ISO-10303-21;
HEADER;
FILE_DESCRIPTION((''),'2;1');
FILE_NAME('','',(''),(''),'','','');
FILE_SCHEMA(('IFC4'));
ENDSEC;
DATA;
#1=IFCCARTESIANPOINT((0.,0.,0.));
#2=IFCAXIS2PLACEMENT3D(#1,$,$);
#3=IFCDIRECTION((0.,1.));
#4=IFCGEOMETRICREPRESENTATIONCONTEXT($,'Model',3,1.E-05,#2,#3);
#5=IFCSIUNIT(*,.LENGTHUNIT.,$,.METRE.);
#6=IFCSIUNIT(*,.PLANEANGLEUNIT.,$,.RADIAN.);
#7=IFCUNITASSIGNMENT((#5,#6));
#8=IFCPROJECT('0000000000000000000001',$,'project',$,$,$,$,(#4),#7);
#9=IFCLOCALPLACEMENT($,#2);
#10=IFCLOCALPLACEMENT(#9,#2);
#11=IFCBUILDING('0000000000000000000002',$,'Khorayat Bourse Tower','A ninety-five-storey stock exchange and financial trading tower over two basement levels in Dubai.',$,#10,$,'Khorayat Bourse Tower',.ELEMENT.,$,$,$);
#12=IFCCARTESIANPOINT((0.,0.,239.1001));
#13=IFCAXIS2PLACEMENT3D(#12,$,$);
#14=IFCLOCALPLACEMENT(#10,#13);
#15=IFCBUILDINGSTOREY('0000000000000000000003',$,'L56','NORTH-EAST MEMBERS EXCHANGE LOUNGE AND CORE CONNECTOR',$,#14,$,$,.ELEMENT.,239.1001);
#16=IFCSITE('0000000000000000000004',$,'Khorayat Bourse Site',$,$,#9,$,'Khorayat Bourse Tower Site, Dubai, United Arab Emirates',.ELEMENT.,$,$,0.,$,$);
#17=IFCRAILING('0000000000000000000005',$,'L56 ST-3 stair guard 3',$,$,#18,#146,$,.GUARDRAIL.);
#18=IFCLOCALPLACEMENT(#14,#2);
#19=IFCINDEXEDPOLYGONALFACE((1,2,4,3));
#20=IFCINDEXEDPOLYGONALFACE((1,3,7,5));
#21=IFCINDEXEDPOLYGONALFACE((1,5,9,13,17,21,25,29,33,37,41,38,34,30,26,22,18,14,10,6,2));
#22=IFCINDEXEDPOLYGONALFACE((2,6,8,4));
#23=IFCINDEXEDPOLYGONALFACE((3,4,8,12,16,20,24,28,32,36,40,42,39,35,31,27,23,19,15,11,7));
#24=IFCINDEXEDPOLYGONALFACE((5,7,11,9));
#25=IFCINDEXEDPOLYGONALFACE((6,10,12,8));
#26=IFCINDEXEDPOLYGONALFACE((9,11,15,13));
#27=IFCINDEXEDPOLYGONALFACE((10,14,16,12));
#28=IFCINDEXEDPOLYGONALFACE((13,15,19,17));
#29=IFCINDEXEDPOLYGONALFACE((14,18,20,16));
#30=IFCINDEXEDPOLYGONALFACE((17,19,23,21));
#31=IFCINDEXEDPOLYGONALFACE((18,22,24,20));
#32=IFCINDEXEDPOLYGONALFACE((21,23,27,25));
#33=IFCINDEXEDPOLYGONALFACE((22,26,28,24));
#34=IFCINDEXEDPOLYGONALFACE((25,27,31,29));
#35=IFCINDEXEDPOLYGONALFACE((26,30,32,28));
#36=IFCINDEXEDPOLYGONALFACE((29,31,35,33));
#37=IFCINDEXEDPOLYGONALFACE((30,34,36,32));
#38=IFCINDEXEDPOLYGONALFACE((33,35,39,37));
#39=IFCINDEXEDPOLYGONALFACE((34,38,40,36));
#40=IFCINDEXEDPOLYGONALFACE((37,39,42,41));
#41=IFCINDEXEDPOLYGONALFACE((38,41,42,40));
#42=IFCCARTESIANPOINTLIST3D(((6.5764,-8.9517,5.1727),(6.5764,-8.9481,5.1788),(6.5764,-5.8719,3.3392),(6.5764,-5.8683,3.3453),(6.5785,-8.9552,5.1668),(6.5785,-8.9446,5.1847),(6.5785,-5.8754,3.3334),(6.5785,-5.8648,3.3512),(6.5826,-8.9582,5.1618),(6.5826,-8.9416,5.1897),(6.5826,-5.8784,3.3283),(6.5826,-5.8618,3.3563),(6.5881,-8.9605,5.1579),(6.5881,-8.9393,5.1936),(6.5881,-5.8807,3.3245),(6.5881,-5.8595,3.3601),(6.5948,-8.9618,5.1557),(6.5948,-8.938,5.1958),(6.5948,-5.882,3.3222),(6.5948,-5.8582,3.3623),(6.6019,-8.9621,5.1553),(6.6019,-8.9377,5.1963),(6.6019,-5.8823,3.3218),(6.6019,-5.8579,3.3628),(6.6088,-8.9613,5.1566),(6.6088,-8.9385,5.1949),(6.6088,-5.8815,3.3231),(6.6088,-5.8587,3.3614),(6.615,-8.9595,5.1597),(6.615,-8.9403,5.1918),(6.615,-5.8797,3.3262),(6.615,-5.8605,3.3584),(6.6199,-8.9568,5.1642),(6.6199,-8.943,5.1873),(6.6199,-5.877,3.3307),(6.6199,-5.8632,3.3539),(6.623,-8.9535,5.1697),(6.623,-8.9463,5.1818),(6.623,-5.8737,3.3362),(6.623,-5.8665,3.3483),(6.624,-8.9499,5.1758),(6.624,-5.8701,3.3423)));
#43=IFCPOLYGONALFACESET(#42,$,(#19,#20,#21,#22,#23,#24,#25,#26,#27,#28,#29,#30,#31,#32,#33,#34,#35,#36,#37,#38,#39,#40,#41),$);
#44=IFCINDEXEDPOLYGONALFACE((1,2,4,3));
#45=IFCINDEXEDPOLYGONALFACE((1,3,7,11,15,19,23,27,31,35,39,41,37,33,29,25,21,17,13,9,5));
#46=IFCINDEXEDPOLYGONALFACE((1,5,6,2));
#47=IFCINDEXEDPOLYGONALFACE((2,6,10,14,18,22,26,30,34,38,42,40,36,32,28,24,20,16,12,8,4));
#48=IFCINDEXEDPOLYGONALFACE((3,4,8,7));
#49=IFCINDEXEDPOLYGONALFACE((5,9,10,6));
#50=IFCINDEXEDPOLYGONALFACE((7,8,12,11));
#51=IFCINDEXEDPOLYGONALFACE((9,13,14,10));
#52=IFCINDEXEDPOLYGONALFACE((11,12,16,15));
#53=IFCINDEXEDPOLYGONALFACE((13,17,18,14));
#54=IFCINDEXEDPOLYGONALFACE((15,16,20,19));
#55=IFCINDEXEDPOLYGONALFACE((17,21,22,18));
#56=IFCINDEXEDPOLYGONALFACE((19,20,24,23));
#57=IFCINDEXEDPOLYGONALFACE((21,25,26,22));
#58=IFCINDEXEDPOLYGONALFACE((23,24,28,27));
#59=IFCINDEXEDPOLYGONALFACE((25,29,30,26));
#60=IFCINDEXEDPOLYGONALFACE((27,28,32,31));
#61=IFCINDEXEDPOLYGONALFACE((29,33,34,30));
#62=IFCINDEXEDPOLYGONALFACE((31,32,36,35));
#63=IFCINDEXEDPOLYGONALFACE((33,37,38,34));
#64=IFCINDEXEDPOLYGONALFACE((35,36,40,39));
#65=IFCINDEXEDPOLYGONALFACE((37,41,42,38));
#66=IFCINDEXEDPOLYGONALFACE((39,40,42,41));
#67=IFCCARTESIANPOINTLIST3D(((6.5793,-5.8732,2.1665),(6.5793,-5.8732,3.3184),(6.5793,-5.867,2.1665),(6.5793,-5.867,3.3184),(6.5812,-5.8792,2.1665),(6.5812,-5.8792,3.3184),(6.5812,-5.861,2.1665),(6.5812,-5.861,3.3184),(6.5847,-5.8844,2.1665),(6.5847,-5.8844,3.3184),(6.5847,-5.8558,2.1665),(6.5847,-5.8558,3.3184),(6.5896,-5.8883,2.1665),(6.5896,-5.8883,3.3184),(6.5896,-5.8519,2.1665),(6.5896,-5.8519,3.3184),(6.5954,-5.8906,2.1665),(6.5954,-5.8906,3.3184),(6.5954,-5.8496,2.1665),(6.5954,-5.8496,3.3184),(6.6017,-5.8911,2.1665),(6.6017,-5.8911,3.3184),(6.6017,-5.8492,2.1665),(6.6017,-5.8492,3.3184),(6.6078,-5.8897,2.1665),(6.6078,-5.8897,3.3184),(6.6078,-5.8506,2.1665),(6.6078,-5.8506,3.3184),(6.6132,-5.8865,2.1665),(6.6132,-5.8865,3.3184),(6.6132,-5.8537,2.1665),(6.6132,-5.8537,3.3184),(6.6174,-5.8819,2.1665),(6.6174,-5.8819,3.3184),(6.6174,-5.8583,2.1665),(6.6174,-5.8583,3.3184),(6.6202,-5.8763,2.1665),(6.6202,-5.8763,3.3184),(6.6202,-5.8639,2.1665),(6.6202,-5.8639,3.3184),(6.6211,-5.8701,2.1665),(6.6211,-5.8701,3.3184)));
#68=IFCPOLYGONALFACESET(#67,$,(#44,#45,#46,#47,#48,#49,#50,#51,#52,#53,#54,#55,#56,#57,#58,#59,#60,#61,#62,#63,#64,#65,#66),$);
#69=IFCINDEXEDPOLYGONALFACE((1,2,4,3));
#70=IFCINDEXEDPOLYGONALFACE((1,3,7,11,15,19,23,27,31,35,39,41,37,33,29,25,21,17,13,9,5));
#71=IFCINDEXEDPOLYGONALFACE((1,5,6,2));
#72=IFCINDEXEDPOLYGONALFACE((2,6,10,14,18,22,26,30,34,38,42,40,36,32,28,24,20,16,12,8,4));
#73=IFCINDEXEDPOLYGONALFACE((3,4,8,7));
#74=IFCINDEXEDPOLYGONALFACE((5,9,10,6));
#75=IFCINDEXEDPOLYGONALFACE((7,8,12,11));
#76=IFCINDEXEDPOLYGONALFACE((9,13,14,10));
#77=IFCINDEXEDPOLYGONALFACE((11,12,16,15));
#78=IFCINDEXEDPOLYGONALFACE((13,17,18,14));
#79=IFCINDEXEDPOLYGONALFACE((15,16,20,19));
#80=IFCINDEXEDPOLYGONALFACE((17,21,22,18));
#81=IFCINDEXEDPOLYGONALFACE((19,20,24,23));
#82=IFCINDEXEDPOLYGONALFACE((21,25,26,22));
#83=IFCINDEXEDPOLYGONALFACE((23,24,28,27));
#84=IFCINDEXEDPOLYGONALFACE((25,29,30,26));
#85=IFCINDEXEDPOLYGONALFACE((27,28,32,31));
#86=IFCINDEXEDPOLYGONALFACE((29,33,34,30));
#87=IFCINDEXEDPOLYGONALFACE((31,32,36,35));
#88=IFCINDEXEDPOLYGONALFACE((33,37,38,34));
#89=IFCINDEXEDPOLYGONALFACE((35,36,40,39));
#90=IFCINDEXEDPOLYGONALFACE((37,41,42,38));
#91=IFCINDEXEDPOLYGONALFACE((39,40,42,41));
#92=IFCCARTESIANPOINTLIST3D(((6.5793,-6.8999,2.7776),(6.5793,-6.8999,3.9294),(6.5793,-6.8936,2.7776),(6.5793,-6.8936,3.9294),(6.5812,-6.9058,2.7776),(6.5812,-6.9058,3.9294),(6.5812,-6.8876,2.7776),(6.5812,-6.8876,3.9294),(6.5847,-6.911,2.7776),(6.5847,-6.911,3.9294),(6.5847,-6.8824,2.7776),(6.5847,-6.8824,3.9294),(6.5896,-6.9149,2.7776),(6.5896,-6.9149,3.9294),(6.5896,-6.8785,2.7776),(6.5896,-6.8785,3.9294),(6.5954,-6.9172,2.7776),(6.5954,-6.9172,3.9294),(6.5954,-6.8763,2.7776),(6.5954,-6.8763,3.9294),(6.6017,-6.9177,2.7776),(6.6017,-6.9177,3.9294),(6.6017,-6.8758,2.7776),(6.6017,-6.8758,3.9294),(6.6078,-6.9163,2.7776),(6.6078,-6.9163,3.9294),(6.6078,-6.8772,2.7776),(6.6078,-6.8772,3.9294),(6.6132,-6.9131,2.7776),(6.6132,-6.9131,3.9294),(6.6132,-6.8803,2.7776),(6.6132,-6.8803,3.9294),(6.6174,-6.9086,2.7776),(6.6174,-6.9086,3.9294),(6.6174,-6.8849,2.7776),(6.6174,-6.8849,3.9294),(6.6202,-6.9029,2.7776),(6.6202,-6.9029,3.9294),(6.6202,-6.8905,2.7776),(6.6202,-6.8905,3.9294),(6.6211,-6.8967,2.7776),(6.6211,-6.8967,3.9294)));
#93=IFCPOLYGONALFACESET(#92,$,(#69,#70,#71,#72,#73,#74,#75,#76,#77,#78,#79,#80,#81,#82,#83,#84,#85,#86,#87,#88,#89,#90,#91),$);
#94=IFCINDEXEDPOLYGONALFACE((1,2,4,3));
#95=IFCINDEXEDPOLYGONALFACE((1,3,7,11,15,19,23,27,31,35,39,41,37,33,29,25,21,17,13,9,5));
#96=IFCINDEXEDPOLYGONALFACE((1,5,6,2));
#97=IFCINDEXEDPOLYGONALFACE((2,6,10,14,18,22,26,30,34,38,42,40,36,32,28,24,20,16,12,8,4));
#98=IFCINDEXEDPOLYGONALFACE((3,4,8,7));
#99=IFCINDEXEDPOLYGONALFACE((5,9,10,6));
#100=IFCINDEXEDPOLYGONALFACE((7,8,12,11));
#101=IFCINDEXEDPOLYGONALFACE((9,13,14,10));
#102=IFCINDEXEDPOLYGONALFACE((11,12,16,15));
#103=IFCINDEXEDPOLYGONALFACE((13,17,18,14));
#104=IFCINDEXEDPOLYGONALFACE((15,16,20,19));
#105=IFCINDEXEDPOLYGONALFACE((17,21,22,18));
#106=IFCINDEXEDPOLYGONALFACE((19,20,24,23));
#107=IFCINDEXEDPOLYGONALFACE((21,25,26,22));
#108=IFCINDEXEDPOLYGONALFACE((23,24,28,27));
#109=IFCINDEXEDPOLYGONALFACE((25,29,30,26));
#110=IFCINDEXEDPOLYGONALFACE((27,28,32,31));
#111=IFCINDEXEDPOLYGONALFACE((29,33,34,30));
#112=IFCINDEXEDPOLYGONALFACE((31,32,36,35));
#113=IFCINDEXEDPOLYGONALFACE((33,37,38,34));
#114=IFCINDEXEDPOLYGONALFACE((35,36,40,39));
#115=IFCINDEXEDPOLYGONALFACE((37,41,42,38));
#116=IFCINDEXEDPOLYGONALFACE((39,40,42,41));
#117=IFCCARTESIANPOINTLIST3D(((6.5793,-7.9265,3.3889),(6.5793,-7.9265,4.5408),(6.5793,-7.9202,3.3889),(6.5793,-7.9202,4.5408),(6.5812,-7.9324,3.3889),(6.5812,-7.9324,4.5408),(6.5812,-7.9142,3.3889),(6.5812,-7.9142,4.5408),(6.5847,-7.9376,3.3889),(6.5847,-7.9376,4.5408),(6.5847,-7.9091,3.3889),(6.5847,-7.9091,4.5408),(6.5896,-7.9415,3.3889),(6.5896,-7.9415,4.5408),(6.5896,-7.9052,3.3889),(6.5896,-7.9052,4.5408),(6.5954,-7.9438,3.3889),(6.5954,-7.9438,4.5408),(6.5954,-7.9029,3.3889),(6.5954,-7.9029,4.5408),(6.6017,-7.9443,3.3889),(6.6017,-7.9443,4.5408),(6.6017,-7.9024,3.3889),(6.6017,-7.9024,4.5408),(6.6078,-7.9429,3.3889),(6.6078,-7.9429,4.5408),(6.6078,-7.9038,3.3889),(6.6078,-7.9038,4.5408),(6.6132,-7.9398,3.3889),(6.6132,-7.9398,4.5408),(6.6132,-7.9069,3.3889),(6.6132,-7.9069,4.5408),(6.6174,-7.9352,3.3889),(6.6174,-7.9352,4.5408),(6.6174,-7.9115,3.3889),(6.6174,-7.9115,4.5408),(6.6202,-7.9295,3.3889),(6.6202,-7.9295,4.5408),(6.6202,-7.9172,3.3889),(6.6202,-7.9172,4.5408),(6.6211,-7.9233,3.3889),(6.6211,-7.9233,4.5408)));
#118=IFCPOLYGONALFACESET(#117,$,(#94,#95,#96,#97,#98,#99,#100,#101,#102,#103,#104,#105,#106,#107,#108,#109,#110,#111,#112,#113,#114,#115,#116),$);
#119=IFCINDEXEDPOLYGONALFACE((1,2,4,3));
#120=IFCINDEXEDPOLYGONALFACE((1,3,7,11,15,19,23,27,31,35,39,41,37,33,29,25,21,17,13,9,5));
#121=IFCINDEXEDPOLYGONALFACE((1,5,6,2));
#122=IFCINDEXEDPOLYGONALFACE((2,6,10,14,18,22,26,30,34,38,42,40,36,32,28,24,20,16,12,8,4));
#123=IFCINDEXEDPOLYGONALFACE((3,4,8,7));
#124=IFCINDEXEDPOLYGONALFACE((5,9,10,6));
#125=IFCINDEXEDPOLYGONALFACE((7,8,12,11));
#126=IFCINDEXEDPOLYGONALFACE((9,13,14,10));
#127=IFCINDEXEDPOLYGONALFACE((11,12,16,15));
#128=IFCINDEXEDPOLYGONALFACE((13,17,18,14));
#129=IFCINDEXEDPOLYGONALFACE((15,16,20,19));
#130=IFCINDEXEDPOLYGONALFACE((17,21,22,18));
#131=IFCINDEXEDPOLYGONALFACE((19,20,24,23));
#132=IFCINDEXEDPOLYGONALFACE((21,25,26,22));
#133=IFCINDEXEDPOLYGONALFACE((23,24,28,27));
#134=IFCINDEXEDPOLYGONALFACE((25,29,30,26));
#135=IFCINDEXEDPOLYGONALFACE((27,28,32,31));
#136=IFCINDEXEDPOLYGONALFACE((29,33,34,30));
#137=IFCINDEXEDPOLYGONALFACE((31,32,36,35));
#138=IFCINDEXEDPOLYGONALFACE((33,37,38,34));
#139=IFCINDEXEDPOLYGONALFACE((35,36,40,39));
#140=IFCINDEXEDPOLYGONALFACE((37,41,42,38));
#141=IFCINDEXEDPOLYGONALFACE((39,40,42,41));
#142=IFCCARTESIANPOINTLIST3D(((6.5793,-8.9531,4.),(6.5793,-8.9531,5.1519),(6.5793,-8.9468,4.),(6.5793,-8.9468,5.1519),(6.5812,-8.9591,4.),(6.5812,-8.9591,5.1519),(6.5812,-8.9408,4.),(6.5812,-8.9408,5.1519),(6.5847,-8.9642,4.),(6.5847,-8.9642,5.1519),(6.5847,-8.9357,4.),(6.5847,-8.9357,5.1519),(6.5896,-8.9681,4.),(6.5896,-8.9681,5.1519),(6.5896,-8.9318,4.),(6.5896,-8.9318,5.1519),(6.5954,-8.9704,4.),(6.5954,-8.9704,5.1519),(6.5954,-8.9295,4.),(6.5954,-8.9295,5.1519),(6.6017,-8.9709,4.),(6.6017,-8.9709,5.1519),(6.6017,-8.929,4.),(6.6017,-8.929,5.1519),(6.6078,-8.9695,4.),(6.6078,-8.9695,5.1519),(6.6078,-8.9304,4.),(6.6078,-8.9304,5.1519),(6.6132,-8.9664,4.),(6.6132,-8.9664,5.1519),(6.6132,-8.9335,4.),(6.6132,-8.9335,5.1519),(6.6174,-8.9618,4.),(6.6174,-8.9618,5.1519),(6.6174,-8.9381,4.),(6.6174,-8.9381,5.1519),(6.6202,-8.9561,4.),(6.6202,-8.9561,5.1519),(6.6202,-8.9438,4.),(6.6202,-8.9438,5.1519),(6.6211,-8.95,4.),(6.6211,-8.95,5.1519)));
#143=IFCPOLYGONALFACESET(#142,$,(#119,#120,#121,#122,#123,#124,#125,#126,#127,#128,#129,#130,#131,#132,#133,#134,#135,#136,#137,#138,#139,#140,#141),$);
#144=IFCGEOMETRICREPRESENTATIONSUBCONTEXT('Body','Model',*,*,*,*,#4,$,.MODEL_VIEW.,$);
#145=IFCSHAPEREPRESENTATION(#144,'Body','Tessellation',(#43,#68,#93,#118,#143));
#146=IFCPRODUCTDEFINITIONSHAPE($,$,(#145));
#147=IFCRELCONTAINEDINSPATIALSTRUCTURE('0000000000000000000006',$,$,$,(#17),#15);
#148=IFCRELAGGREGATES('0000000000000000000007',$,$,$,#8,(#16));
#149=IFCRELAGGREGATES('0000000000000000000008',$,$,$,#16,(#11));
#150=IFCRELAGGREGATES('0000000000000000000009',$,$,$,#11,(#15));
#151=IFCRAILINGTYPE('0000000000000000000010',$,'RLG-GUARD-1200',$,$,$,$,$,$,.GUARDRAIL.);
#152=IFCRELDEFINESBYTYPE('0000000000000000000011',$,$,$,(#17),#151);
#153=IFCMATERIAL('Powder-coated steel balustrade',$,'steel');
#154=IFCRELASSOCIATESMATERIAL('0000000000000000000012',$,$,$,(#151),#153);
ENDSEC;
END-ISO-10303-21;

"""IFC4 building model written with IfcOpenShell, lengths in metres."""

from ifc_helpers import new_model, si_unit, direction, frame, origin, origin_2d, place, context, subcontext, project, spatial, circle, extrude, source, transform, mapped, material, type_object, element, save


model = new_model("IFC4")

# Units and contexts
model_context = context("Model", 3, precision=1e-05, world=origin(), true_north=direction((0.0, 1.0)))
body_context = subcontext(model_context, "Body", "Model", "MODEL_VIEW")
ifc_project = project(units=[si_unit("LENGTHUNIT", "METRE"), si_unit("PLANEANGLEUNIT", "RADIAN")], contexts=[model_context])

# Site, building, storey
site_placement = place(None, origin())
site = spatial("IfcSite", under=ifc_project, at=site_placement, Name="Khorayat Bourse Site", LongName="Khorayat Bourse Tower Site, Dubai, United Arab Emirates", CompositionType="ELEMENT", RefElevation=0.0)
building_placement = place(site_placement, origin())
building = spatial("IfcBuilding", under=site, at=building_placement, Name="Khorayat Bourse Tower", Description="A ninety-five-storey stock exchange and financial trading tower over two basement levels in Dubai.", LongName="Khorayat Bourse Tower", CompositionType="ELEMENT")
storey_placement = place(building_placement, frame((0.0, 0.0, 239.1001)))
storey = spatial("IfcBuildingStorey", under=building, at=storey_placement, Name="L56", Description="NORTH-EAST MEMBERS EXCHANGE LOUNGE AND CORE CONNECTOR", CompositionType="ELEMENT", Elevation=239.1001)

# Railing
ifc_material_1 = material(Name="Powder-coated steel balustrade", Category="steel")
railing_type_1 = type_object("IfcRailingType", Name="RLG-GUARD-1200", PredefinedType="GUARDRAIL", material=ifc_material_1)
shared_shape_1 = source(origin(), body_context, "Body", "SweptSolid", [
    extrude(circle(Radius=0.0239, at=origin_2d()), frame((0.0, 0.0, 1.1758), z_axis=(0.0, -0.859261, 0.511538), x_axis=(1.0, 0.0, 0.0)), (0.0, 0.0, 1.0), 3.5842),
    extrude(circle(Radius=0.021, at=origin_2d()), origin(), (0.0, 0.0, 1.0), 1.1519),
    extrude(circle(Radius=0.021, at=origin_2d()), frame((0.0, -1.0266, 0.6111)), (0.0, 0.0, 1.0), 1.1519),
    extrude(circle(Radius=0.021, at=origin_2d()), frame((0.0, -2.0532, 1.2224)), (0.0, 0.0, 1.0), 1.1519),
    extrude(circle(Radius=0.021, at=origin_2d()), frame((0.0, -3.0798, 1.8335)), (0.0, 0.0, 1.0), 1.1519),
])
railing_1_placement = place(storey_placement, frame((6.6001, -5.8701, 2.1665)))
element("IfcRailing", 1, at=railing_1_placement, inside=storey, type_object=railing_type_1, Name="L56 ST-3 stair guard 3", PredefinedType="GUARDRAIL", context=body_context, shape_type="MappedRepresentation", body=[
    mapped(shared_shape_1, transform((0.0, 0.0, 0.0), scale=1.0)),
])

save(model, "model.ifc")
